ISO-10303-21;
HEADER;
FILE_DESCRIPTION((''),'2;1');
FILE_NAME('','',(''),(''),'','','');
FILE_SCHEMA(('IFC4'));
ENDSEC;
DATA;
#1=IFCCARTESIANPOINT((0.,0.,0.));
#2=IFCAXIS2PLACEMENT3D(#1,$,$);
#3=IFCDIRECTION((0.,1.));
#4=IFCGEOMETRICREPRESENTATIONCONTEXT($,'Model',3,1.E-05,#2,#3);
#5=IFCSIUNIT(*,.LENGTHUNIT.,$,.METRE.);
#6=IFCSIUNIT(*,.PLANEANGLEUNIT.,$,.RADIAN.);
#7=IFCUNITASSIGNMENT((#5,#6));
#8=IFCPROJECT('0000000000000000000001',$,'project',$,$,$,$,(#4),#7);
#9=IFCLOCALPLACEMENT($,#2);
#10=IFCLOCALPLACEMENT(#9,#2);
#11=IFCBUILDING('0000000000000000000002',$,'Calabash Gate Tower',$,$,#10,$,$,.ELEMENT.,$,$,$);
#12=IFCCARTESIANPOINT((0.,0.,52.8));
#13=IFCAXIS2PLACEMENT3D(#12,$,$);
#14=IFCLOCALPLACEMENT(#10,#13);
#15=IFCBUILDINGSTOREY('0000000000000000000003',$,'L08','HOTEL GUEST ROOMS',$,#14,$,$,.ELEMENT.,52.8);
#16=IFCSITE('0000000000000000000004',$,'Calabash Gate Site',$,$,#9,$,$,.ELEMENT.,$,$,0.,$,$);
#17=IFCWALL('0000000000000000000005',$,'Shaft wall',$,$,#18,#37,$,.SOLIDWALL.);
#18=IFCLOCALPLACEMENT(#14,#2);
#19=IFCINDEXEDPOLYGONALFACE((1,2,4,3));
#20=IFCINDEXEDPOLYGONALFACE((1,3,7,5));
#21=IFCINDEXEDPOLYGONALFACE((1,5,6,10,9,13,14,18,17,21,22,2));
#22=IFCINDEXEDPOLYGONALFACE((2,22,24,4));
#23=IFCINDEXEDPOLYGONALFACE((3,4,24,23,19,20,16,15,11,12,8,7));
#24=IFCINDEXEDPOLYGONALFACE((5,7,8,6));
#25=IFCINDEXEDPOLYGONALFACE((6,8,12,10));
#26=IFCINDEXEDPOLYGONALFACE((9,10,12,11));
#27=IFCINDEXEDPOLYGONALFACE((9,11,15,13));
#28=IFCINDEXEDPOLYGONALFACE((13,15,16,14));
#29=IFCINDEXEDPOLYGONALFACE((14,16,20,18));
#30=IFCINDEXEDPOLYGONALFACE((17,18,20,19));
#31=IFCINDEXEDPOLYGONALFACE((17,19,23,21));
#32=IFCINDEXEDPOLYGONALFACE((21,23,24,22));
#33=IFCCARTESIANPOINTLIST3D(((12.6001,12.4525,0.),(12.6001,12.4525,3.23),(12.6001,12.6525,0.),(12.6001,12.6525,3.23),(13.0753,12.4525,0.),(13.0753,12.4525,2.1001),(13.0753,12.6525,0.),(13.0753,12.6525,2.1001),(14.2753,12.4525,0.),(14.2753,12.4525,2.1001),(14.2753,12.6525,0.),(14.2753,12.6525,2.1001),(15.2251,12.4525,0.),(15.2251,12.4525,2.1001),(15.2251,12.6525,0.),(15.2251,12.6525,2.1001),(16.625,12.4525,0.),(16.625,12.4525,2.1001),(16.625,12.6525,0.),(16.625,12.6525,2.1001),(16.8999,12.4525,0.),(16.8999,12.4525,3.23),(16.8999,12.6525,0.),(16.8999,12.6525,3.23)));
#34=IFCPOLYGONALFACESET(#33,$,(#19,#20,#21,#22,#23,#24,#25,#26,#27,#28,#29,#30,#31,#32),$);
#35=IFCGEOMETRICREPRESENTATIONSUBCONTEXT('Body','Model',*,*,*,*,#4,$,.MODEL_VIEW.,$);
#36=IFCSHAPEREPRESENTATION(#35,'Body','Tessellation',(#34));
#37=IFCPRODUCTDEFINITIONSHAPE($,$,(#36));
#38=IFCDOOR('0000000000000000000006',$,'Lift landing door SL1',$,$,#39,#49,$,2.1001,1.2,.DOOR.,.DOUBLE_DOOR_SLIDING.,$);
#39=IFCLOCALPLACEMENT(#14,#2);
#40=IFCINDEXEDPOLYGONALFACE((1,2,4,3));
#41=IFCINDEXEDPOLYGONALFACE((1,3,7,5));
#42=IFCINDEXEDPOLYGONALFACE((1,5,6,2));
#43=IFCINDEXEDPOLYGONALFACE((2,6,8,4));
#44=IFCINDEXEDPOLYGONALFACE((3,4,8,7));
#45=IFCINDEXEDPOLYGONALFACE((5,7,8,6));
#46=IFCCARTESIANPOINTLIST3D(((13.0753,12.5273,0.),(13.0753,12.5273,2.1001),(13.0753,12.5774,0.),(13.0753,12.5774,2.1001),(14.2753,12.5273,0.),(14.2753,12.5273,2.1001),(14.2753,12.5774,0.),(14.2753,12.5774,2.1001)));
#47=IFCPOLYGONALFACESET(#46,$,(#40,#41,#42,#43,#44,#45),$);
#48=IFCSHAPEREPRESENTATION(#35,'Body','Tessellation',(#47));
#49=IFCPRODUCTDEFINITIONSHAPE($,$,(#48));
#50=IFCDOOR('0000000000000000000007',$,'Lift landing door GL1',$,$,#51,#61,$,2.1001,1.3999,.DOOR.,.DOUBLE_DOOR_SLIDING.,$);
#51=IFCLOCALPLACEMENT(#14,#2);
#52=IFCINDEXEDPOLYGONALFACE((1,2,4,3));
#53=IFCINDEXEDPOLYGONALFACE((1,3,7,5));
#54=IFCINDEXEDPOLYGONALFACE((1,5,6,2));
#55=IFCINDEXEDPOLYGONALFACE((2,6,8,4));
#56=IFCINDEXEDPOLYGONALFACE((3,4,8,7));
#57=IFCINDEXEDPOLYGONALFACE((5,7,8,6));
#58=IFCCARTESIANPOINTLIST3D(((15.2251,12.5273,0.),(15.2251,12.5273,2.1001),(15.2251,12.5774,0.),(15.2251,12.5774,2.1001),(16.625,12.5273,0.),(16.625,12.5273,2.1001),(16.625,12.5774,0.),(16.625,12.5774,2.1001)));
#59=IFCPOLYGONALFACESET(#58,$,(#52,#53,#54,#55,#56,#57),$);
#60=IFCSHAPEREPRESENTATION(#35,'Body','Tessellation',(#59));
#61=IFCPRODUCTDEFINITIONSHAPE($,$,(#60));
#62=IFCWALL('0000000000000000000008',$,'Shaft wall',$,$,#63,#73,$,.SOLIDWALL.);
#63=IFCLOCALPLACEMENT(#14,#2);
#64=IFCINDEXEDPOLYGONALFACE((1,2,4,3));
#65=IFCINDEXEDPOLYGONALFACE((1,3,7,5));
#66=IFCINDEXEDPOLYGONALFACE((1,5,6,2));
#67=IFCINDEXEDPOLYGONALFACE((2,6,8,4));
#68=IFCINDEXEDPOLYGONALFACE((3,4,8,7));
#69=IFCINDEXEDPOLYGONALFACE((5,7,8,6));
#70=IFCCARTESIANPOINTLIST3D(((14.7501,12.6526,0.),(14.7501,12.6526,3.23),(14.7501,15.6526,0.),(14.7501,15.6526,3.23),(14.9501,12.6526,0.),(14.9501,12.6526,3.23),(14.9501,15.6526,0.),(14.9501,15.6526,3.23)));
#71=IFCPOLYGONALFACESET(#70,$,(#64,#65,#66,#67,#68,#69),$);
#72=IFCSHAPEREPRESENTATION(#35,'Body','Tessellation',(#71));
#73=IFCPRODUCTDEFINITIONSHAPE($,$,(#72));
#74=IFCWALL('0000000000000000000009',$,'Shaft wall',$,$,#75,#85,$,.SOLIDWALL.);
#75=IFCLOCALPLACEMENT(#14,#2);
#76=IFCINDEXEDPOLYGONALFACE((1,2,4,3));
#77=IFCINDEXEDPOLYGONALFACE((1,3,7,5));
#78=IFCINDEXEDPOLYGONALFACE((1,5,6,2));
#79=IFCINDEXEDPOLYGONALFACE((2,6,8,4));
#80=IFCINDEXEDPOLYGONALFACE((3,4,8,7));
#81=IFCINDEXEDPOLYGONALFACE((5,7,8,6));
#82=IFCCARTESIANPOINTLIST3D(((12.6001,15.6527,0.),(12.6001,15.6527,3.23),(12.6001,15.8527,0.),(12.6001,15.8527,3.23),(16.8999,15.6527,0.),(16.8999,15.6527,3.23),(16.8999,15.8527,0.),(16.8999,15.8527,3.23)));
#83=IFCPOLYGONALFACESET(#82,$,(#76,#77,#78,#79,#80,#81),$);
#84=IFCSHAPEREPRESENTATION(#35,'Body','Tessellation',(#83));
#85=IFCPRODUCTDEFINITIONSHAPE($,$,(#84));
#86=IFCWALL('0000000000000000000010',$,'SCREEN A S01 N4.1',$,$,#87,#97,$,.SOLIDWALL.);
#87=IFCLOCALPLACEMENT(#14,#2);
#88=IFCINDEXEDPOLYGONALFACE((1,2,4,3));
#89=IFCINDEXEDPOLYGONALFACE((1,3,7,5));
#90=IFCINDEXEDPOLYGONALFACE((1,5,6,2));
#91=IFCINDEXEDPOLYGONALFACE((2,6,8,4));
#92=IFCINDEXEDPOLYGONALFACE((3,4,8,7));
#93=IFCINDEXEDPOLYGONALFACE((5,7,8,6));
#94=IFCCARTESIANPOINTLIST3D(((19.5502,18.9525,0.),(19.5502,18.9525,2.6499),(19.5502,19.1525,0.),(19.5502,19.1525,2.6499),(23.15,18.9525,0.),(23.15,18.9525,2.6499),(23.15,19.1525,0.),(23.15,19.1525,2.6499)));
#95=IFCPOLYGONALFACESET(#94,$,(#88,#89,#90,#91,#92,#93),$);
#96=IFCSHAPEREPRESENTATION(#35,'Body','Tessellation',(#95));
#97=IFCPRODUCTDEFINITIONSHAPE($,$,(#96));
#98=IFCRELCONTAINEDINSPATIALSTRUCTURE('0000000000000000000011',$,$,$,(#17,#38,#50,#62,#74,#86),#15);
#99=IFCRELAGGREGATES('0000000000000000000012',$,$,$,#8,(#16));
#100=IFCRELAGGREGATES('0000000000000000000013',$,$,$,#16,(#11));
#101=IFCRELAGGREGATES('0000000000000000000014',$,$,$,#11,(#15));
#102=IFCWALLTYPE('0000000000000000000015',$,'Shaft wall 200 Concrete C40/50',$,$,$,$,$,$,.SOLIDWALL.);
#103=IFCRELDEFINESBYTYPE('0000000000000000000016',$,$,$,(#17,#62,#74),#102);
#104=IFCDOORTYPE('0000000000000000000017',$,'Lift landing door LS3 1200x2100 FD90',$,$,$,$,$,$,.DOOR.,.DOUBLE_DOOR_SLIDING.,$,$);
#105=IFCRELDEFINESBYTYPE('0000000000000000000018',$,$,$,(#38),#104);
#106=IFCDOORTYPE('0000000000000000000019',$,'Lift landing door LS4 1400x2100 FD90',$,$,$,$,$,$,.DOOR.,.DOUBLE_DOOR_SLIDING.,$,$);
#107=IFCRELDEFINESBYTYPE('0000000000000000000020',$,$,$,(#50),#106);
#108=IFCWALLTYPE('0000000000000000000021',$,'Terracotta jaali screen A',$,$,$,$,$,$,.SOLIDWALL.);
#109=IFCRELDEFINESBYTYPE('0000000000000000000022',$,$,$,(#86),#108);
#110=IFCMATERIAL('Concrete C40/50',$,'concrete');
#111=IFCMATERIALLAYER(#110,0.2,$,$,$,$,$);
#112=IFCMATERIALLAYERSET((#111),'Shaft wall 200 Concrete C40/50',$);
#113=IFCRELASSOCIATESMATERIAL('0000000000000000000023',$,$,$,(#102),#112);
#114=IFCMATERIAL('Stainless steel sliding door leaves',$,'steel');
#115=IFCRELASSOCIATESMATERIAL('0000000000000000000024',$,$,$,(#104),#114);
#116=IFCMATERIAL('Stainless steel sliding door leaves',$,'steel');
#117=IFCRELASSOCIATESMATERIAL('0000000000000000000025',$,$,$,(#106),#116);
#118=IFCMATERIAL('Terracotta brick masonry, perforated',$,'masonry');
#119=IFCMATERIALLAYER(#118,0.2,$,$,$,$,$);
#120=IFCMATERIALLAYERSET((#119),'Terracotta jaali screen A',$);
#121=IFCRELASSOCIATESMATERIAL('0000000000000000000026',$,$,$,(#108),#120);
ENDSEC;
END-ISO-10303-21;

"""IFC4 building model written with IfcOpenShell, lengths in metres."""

from ifc_helpers import new_model, si_unit, direction, frame, frame_2d, origin, place, context, subcontext, project, spatial, rectangle, extrude, material, layer, layer_set, type_object, element, fill, save


model = new_model("IFC4")

# Units and contexts
model_context = context("Model", 3, precision=1e-05, world=origin(), true_north=direction((0.0, 1.0)))
body_context = subcontext(model_context, "Body", "Model", "MODEL_VIEW")
ifc_project = project(units=[si_unit("LENGTHUNIT", "METRE"), si_unit("PLANEANGLEUNIT", "RADIAN")], contexts=[model_context])

# Site, building, storey
site_placement = place(None, origin())
site = spatial("IfcSite", under=ifc_project, at=site_placement, Name="Calabash Gate Site", CompositionType="ELEMENT", RefElevation=0.0)
building_placement = place(site_placement, origin())
building = spatial("IfcBuilding", under=site, at=building_placement, Name="Calabash Gate Tower", CompositionType="ELEMENT")
storey_placement = place(building_placement, frame((0.0, 0.0, 52.8)))
storey = spatial("IfcBuildingStorey", under=building, at=storey_placement, Name="L08", Description="HOTEL GUEST ROOMS", CompositionType="ELEMENT", Elevation=52.8)

# Wall, openings, doors
ifc_material_1 = material(Name="Concrete C40/50", Category="concrete")
ifc_layer_1 = layer(ifc_material_1, 0.2)
ifc_layer_set_1 = layer_set([ifc_layer_1], Name="Shaft wall 200 Concrete C40/50")
wall_type_1 = type_object("IfcWallType", Name="Shaft wall 200 Concrete C40/50", PredefinedType="SOLIDWALL", material=ifc_layer_set_1)
wall_1_placement = place(storey_placement, frame((12.6001, 12.5525, 0.0), z_axis=(0.0, 0.0, 1.0), x_axis=(1.0, 0.0, 0.0)))
wall_1 = element("IfcWall", 1, at=wall_1_placement, inside=storey, type_object=wall_type_1, Name="Shaft wall", PredefinedType="SOLIDWALL", context=body_context, shape_type="SweptSolid", body=[
    extrude(rectangle(XDim=4.2998, YDim=0.2, at=frame_2d((2.1499, 0.0))), origin(), (0.0, 0.0, 1.0), 3.23),
])
opening_1_placement = place(wall_1_placement, frame((0.4751, 0.0, 0.0)))
opening_1 = element("IfcOpeningElement", 2, at=opening_1_placement, cuts=wall_1, PredefinedType="OPENING", context=body_context, shape_type="SweptSolid", body=[
    extrude(rectangle(XDim=1.2, YDim=2.1001, at=frame_2d((0.6001, 1.05))), frame((0.0, 0.1099, 0.0), z_axis=(0.0, -1.0, 0.0), x_axis=(1.0, 0.0, 0.0)), (0.0, 0.0, 1.0), 0.22),
])
opening_2_placement = place(wall_1_placement, frame((2.625, 0.0, 0.0)))
opening_2 = element("IfcOpeningElement", 3, at=opening_2_placement, cuts=wall_1, PredefinedType="OPENING", context=body_context, shape_type="SweptSolid", body=[
    extrude(rectangle(XDim=1.3999, YDim=2.1001, at=frame_2d((0.7, 1.05))), frame((0.0, 0.1099, 0.0), z_axis=(0.0, -1.0, 0.0), x_axis=(1.0, 0.0, 0.0)), (0.0, 0.0, 1.0), 0.22),
])
ifc_material_2 = material(Name="Stainless steel sliding door leaves", Category="steel")
door_type_1 = type_object("IfcDoorType", Name="Lift landing door LS3 1200x2100 FD90", OperationType="DOUBLE_DOOR_SLIDING", PredefinedType="DOOR", material=ifc_material_2)
door_1_placement = place(opening_1_placement, origin())
door_1 = element("IfcDoor", 4, at=door_1_placement, inside=storey, type_object=door_type_1, Name="Lift landing door SL1", OperationType="DOUBLE_DOOR_SLIDING", OverallHeight=2.1001, OverallWidth=1.2, PredefinedType="DOOR", context=body_context, shape_type="SweptSolid", body=[
    extrude(rectangle(XDim=1.2, YDim=2.1001, at=frame_2d((0.6001, 1.05))), frame((0.0, 0.0249, 0.0), z_axis=(0.0, -1.0, 0.0), x_axis=(1.0, 0.0, 0.0)), (0.0, 0.0, 1.0), 0.05),
])
fill(opening_1, door_1)
ifc_material_3 = material(Name="Stainless steel sliding door leaves", Category="steel")
door_type_2 = type_object("IfcDoorType", Name="Lift landing door LS4 1400x2100 FD90", OperationType="DOUBLE_DOOR_SLIDING", PredefinedType="DOOR", material=ifc_material_3)
door_2_placement = place(opening_2_placement, origin())
door_2 = element("IfcDoor", 5, at=door_2_placement, inside=storey, type_object=door_type_2, Name="Lift landing door GL1", OperationType="DOUBLE_DOOR_SLIDING", OverallHeight=2.1001, OverallWidth=1.3999, PredefinedType="DOOR", context=body_context, shape_type="SweptSolid", body=[
    extrude(rectangle(XDim=1.3999, YDim=2.1001, at=frame_2d((0.7, 1.05))), frame((0.0, 0.0249, 0.0), z_axis=(0.0, -1.0, 0.0), x_axis=(1.0, 0.0, 0.0)), (0.0, 0.0, 1.0), 0.05),
])
fill(opening_2, door_2)

# Walls
wall_2_placement = place(storey_placement, frame((14.8501, 12.6526, 0.0), z_axis=(0.0, 0.0, 1.0), x_axis=(0.0, 1.0, 0.0)))
element("IfcWall", 6, at=wall_2_placement, inside=storey, type_object=wall_type_1, Name="Shaft wall", PredefinedType="SOLIDWALL", context=body_context, shape_type="SweptSolid", body=[
    extrude(rectangle(XDim=3.0, YDim=0.2, at=frame_2d((1.5, 0.0))), origin(), (0.0, 0.0, 1.0), 3.23),
])
wall_3_placement = place(storey_placement, frame((12.6001, 15.7527, 0.0), z_axis=(0.0, 0.0, 1.0), x_axis=(1.0, 0.0, 0.0)))
element("IfcWall", 7, at=wall_3_placement, inside=storey, type_object=wall_type_1, Name="Shaft wall", PredefinedType="SOLIDWALL", context=body_context, shape_type="SweptSolid", body=[
    extrude(rectangle(XDim=4.2998, YDim=0.2, at=frame_2d((2.1499, 0.0))), origin(), (0.0, 0.0, 1.0), 3.23),
])
ifc_material_4 = material(Name="Terracotta brick masonry, perforated", Category="masonry")
ifc_layer_2 = layer(ifc_material_4, 0.2)
ifc_layer_set_2 = layer_set([ifc_layer_2], Name="Terracotta jaali screen A")
wall_type_2 = type_object("IfcWallType", Name="Terracotta jaali screen A", PredefinedType="SOLIDWALL", material=ifc_layer_set_2)
wall_4_placement = place(storey_placement, frame((23.1499, 19.0525, 0.0), z_axis=(0.0, 0.0, 1.0), x_axis=(-1.0, 0.0, 0.0)))
element("IfcWall", 8, at=wall_4_placement, inside=storey, type_object=wall_type_2, Name="SCREEN A S01 N4.1", PredefinedType="SOLIDWALL", context=body_context, shape_type="SweptSolid", body=[
    extrude(rectangle(XDim=3.5999, YDim=0.2, at=frame_2d((1.7998, 0.0))), origin(), (0.0, 0.0, 1.0), 2.6499),
])

save(model, "model.ifc")
